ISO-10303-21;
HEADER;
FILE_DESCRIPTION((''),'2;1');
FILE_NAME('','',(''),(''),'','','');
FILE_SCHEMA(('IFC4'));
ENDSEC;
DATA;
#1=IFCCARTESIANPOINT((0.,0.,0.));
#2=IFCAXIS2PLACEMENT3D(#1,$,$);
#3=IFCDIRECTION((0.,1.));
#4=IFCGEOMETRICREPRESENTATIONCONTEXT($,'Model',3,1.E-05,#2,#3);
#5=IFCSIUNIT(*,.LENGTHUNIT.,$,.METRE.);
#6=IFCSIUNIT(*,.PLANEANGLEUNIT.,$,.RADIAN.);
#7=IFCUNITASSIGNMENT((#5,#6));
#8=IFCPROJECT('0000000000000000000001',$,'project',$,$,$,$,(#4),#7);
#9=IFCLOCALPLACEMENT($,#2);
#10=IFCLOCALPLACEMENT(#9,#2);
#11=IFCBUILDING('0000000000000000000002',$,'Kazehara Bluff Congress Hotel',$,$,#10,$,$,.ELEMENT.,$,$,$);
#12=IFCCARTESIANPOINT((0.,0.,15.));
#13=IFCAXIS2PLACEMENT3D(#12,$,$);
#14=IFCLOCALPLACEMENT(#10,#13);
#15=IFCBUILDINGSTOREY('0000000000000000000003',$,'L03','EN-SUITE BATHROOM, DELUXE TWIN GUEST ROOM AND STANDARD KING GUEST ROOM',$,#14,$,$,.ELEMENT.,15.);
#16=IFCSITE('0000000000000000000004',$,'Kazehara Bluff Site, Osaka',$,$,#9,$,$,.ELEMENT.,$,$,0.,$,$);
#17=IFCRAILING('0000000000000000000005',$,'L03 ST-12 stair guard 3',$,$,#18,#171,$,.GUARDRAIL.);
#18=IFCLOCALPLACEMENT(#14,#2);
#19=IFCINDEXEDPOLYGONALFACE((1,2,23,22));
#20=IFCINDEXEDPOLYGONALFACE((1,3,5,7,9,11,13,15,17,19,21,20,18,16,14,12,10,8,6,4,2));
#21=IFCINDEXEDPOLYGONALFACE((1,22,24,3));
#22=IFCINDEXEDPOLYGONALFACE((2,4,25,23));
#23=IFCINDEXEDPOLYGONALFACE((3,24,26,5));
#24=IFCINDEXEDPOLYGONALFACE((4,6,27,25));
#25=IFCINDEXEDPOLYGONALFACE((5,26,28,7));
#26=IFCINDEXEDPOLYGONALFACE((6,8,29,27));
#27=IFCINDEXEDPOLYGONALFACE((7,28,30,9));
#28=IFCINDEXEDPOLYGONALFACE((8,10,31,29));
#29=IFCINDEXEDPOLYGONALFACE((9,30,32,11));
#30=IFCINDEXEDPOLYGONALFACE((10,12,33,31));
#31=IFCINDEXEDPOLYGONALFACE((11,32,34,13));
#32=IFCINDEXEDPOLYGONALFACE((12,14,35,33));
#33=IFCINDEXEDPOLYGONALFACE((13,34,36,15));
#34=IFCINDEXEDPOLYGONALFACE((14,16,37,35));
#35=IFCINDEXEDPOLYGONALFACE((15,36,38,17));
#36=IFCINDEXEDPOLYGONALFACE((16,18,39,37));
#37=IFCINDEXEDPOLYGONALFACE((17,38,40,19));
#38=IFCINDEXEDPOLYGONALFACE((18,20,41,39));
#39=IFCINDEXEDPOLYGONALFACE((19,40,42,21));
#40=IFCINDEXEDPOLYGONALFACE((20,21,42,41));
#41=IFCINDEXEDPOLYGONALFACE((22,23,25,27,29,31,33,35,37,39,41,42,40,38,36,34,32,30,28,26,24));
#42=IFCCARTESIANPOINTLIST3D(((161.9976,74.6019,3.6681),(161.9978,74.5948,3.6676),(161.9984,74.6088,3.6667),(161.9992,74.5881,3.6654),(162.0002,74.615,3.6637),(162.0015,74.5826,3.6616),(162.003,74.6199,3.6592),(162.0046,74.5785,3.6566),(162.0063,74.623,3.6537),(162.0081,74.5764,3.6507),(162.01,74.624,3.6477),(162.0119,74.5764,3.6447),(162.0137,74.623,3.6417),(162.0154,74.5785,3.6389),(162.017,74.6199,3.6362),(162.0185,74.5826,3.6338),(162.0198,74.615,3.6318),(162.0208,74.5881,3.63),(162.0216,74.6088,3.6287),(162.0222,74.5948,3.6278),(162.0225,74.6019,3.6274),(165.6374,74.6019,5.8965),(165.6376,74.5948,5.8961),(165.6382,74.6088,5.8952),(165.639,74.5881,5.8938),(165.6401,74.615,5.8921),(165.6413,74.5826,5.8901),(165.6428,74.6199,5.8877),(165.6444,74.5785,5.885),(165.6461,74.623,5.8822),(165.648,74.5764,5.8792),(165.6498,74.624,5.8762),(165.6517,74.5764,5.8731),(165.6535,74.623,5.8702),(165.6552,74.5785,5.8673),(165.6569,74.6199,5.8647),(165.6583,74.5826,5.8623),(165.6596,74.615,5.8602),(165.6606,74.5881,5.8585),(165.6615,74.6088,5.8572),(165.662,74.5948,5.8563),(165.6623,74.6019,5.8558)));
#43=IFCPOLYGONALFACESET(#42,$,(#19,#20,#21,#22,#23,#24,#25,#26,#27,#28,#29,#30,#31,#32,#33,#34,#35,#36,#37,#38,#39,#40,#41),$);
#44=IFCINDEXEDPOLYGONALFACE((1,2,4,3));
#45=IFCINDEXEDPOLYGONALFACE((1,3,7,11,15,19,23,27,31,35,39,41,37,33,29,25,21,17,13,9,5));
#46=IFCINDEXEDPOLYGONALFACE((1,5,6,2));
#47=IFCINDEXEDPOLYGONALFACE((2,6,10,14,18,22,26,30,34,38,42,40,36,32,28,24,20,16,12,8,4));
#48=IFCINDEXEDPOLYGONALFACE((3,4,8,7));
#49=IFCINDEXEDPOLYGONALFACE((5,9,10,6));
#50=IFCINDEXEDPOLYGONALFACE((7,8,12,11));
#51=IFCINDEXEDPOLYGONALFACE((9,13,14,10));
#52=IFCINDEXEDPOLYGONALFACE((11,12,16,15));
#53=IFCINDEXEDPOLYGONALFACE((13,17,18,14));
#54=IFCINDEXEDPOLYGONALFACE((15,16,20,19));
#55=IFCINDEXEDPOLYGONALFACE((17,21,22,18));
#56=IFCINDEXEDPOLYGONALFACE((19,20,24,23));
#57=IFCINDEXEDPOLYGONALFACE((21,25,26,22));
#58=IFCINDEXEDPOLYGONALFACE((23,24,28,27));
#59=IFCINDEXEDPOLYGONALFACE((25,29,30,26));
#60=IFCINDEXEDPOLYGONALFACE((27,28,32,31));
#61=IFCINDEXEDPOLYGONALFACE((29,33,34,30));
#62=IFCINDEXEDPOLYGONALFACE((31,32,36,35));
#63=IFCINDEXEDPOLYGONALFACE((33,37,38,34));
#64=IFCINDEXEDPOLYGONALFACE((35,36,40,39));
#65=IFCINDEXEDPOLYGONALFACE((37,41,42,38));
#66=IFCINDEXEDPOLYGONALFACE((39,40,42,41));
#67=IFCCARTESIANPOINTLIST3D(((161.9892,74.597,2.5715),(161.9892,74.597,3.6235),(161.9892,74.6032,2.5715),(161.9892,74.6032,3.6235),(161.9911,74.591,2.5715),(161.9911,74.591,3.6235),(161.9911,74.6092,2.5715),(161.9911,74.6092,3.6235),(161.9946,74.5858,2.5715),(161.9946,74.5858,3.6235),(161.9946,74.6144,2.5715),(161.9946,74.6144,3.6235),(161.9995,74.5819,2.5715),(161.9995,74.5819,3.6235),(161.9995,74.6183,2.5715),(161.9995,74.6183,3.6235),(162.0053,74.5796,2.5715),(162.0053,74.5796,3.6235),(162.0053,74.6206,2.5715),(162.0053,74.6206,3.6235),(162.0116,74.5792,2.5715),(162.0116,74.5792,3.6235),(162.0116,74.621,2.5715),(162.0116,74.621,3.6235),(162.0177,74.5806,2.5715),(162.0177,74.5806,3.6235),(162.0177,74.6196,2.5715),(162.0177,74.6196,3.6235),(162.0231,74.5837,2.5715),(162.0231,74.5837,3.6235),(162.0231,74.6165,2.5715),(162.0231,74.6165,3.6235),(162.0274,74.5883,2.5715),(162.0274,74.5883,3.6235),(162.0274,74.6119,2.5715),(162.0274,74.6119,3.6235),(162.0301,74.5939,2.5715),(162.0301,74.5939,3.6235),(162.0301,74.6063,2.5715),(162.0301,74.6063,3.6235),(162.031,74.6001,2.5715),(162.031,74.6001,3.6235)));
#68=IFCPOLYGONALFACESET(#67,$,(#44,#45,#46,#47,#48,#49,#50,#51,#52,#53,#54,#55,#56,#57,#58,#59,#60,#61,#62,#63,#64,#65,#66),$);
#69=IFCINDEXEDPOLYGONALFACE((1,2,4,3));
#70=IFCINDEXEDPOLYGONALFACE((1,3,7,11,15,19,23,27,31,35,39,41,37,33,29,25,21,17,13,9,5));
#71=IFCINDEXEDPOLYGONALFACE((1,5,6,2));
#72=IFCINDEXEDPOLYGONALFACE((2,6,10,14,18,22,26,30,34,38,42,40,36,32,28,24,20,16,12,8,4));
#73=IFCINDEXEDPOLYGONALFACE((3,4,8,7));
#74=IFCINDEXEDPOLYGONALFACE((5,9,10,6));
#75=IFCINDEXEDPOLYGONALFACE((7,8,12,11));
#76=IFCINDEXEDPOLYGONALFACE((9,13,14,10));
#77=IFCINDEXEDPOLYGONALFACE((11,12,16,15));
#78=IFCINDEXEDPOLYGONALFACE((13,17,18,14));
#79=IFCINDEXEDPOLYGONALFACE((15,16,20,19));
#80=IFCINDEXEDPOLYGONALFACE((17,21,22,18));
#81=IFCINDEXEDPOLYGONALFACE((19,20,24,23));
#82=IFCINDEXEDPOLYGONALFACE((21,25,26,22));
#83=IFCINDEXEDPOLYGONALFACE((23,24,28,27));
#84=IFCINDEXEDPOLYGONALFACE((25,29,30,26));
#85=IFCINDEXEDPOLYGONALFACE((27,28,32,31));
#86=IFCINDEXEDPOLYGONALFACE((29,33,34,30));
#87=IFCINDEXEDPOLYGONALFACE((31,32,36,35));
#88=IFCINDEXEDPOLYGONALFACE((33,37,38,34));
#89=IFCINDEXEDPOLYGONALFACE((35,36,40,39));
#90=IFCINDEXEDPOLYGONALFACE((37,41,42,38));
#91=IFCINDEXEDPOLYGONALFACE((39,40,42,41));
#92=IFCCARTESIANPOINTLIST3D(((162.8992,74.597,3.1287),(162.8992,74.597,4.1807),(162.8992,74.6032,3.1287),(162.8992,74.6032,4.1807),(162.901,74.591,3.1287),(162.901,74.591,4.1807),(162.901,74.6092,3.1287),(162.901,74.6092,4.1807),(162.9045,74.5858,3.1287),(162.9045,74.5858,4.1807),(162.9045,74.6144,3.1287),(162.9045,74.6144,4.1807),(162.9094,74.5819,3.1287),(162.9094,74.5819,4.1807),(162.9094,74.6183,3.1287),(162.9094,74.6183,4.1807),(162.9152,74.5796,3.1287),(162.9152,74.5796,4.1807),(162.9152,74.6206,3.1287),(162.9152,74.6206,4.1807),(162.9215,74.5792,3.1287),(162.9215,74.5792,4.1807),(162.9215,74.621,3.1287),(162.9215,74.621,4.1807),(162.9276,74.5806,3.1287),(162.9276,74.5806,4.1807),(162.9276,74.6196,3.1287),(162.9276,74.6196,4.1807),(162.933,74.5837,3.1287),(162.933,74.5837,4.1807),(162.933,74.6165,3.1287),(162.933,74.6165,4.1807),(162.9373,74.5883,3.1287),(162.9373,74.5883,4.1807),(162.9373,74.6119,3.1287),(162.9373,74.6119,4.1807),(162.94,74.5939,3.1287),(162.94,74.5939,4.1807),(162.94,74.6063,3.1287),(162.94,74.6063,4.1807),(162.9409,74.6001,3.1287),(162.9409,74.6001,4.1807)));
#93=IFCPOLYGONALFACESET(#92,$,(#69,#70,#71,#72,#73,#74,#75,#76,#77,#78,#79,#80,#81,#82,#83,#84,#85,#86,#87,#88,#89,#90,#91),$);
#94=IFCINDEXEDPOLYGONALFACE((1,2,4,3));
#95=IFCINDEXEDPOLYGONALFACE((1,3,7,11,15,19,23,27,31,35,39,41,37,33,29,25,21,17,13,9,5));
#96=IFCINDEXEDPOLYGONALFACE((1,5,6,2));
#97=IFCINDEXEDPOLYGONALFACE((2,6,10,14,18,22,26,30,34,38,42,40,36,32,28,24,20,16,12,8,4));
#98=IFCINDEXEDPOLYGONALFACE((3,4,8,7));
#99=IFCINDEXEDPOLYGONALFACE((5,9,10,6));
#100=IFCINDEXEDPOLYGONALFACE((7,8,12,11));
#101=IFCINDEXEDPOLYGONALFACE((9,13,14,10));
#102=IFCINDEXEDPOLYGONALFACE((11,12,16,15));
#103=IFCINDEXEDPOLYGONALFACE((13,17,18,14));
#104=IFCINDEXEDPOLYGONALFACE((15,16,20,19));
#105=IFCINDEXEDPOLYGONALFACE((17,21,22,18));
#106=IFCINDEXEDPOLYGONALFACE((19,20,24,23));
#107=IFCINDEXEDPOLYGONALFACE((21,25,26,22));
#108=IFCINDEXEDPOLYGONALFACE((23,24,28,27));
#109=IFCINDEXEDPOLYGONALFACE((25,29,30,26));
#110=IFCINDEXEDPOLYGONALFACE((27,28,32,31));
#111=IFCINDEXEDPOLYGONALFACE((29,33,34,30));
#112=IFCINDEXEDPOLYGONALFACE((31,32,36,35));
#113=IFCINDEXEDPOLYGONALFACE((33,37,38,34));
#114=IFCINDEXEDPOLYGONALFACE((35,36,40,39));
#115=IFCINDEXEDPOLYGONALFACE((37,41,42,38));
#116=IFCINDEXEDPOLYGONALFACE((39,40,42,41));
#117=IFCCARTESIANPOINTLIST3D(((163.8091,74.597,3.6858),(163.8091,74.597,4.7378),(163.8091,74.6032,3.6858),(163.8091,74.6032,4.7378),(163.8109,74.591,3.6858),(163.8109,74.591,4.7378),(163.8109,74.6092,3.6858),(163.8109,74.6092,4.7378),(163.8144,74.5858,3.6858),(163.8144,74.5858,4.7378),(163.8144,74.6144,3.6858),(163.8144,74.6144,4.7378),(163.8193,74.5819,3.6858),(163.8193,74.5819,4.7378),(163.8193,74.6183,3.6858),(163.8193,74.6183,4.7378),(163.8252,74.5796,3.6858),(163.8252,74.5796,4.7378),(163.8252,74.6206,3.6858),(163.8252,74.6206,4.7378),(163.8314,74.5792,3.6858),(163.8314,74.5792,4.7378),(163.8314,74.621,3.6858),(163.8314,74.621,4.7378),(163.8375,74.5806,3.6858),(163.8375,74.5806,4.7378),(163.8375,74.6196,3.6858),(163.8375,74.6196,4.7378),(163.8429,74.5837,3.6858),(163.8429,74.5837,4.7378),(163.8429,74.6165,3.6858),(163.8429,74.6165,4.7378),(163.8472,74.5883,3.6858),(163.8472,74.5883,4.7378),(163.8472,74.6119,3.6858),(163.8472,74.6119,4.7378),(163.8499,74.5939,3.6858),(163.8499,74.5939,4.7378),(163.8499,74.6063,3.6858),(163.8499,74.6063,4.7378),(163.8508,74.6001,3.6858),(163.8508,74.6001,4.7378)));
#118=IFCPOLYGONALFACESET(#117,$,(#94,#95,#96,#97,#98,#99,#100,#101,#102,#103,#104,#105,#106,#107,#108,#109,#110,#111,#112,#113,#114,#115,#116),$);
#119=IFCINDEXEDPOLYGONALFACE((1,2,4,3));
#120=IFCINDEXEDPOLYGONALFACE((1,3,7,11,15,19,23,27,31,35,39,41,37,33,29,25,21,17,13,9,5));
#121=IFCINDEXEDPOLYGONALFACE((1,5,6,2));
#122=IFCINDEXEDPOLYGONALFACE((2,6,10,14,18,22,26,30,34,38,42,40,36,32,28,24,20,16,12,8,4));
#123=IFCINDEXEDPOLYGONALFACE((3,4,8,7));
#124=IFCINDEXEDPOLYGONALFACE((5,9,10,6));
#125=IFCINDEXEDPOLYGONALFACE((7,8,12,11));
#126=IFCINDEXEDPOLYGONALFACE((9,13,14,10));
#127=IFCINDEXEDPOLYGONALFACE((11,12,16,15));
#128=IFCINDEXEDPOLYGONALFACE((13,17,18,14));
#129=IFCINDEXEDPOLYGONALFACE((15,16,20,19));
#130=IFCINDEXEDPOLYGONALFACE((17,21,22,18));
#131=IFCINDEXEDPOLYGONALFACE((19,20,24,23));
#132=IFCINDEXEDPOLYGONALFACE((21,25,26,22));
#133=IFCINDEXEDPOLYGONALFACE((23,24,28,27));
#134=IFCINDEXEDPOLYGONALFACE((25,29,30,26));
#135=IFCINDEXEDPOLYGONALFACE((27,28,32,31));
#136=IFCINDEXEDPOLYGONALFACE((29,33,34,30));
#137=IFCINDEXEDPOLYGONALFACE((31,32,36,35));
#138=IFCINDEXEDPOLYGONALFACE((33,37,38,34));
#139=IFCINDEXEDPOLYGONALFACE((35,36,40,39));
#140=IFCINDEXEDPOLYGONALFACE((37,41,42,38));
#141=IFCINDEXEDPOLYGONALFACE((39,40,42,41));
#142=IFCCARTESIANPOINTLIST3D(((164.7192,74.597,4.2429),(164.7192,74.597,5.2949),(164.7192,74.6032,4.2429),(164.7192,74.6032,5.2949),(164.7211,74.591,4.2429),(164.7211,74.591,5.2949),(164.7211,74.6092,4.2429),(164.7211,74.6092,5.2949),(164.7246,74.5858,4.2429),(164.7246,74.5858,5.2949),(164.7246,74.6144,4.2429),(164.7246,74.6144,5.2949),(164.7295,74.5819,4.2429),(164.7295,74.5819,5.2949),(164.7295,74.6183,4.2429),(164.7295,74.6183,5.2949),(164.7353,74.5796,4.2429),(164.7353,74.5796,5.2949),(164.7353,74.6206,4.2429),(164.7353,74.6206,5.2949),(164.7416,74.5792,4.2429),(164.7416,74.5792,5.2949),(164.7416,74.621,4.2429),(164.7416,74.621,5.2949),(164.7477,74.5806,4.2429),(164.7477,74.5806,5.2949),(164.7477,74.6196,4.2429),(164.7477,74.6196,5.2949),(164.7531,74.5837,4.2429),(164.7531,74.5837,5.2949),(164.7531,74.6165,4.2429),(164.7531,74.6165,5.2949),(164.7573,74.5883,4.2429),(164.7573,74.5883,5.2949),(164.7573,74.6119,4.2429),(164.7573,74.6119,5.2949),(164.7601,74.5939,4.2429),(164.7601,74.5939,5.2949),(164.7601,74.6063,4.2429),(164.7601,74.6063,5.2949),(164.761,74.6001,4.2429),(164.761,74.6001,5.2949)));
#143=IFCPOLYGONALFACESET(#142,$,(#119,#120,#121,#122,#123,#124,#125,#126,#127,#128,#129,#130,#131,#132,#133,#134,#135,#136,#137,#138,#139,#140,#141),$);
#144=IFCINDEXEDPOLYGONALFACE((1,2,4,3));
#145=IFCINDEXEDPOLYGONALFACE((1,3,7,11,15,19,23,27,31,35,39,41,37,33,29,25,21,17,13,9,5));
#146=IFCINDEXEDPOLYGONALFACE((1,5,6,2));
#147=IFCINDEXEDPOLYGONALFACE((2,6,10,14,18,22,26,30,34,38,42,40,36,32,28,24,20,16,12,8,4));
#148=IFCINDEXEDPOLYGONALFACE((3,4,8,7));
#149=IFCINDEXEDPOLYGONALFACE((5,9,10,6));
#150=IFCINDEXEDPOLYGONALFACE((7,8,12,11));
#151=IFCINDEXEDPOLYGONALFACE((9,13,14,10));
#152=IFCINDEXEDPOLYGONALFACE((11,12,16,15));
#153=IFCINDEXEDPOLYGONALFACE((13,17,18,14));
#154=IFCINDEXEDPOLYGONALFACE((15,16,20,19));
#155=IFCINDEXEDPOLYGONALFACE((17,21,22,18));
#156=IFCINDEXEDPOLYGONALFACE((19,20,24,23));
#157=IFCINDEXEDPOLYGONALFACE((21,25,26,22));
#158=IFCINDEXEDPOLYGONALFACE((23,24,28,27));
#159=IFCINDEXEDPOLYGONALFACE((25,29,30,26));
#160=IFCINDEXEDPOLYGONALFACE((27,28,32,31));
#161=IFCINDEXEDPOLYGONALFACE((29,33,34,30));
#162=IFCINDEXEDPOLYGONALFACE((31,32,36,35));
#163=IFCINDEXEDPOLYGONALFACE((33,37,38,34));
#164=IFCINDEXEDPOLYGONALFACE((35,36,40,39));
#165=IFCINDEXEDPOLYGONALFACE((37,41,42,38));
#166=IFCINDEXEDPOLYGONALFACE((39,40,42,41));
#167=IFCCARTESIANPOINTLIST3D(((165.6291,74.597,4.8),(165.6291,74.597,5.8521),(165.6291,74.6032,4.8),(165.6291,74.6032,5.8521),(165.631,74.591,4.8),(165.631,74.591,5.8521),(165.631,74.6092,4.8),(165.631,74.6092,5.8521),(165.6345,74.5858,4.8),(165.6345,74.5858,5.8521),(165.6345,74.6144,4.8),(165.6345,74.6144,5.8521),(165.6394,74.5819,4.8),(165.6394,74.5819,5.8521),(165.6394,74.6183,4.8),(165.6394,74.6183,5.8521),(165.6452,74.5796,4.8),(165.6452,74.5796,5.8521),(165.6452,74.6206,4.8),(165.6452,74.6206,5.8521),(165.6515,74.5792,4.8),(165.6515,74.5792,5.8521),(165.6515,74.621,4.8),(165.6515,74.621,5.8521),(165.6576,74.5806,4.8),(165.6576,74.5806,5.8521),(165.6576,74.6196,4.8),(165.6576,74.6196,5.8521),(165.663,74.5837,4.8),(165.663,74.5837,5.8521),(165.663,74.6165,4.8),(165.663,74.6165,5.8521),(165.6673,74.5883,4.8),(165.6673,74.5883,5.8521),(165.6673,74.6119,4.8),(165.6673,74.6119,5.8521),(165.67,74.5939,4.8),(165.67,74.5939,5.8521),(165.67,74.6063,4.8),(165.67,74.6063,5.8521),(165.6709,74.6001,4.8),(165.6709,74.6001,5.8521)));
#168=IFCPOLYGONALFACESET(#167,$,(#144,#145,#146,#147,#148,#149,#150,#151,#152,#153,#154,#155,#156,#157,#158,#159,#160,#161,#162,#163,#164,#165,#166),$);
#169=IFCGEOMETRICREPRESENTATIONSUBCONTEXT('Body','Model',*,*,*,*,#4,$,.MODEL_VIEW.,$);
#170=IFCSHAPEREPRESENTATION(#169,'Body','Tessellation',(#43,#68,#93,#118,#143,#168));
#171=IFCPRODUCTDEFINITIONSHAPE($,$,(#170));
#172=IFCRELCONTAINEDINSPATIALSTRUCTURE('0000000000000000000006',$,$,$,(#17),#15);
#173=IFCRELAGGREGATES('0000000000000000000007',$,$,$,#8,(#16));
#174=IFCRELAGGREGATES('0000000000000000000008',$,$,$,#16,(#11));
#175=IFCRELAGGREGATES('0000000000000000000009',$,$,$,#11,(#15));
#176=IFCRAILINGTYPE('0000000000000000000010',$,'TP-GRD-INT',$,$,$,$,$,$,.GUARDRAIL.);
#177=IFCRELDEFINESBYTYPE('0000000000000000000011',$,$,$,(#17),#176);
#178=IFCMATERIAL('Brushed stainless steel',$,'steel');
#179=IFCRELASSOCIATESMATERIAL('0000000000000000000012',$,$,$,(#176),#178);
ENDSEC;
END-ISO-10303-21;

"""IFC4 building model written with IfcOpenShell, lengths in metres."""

from ifc_helpers import new_model, si_unit, direction, frame, origin, origin_2d, place, context, subcontext, project, spatial, circle, extrude, material, type_object, element, save


model = new_model("IFC4")

# Units and contexts
model_context = context("Model", 3, precision=1e-05, world=origin(), true_north=direction((0.0, 1.0)))
body_context = subcontext(model_context, "Body", "Model", "MODEL_VIEW")
ifc_project = project(units=[si_unit("LENGTHUNIT", "METRE"), si_unit("PLANEANGLEUNIT", "RADIAN")], contexts=[model_context])

# Site, building, storey
site_placement = place(None, origin())
site = spatial("IfcSite", under=ifc_project, at=site_placement, Name="Kazehara Bluff Site, Osaka", CompositionType="ELEMENT", RefElevation=0.0)
building_placement = place(site_placement, origin())
building = spatial("IfcBuilding", under=site, at=building_placement, Name="Kazehara Bluff Congress Hotel", CompositionType="ELEMENT")
storey_placement = place(building_placement, frame((0.0, 0.0, 15.0)))
storey = spatial("IfcBuildingStorey", under=building, at=storey_placement, Name="L03", Description="EN-SUITE BATHROOM, DELUXE TWIN GUEST ROOM AND STANDARD KING GUEST ROOM", CompositionType="ELEMENT", Elevation=15.0)

# Railing
ifc_material_1 = material(Name="Brushed stainless steel", Category="steel")
railing_type_1 = type_object("IfcRailingType", Name="TP-GRD-INT", PredefinedType="GUARDRAIL", material=ifc_material_1)
railing_1_placement = place(storey_placement, frame((162.01, 74.6001, 2.5715)))
element("IfcRailing", 1, at=railing_1_placement, inside=storey, type_object=railing_type_1, Name="L03 ST-12 stair guard 3", PredefinedType="GUARDRAIL", context=body_context, shape_type="SweptSolid", body=[
    extrude(circle(Radius=0.0239, at=origin_2d()), frame((0.0, 0.0, 1.0762), z_axis=(0.85285, 0.0, 0.522156), x_axis=(0.0, 1.0, 0.0)), (0.0, 0.0, 1.0), 4.2678),
    extrude(circle(Radius=0.021, at=origin_2d()), origin(), (0.0, 0.0, 1.0), 1.052),
    extrude(circle(Radius=0.021, at=origin_2d()), frame((0.9099, 0.0, 0.5571)), (0.0, 0.0, 1.0), 1.052),
    extrude(circle(Radius=0.021, at=origin_2d()), frame((1.8198, 0.0, 1.1143)), (0.0, 0.0, 1.0), 1.052),
    extrude(circle(Radius=0.021, at=origin_2d()), frame((2.73, 0.0, 1.6714)), (0.0, 0.0, 1.0), 1.052),
    extrude(circle(Radius=0.021, at=origin_2d()), frame((3.6399, 0.0, 2.2285)), (0.0, 0.0, 1.0), 1.052),
])

save(model, "model.ifc")
